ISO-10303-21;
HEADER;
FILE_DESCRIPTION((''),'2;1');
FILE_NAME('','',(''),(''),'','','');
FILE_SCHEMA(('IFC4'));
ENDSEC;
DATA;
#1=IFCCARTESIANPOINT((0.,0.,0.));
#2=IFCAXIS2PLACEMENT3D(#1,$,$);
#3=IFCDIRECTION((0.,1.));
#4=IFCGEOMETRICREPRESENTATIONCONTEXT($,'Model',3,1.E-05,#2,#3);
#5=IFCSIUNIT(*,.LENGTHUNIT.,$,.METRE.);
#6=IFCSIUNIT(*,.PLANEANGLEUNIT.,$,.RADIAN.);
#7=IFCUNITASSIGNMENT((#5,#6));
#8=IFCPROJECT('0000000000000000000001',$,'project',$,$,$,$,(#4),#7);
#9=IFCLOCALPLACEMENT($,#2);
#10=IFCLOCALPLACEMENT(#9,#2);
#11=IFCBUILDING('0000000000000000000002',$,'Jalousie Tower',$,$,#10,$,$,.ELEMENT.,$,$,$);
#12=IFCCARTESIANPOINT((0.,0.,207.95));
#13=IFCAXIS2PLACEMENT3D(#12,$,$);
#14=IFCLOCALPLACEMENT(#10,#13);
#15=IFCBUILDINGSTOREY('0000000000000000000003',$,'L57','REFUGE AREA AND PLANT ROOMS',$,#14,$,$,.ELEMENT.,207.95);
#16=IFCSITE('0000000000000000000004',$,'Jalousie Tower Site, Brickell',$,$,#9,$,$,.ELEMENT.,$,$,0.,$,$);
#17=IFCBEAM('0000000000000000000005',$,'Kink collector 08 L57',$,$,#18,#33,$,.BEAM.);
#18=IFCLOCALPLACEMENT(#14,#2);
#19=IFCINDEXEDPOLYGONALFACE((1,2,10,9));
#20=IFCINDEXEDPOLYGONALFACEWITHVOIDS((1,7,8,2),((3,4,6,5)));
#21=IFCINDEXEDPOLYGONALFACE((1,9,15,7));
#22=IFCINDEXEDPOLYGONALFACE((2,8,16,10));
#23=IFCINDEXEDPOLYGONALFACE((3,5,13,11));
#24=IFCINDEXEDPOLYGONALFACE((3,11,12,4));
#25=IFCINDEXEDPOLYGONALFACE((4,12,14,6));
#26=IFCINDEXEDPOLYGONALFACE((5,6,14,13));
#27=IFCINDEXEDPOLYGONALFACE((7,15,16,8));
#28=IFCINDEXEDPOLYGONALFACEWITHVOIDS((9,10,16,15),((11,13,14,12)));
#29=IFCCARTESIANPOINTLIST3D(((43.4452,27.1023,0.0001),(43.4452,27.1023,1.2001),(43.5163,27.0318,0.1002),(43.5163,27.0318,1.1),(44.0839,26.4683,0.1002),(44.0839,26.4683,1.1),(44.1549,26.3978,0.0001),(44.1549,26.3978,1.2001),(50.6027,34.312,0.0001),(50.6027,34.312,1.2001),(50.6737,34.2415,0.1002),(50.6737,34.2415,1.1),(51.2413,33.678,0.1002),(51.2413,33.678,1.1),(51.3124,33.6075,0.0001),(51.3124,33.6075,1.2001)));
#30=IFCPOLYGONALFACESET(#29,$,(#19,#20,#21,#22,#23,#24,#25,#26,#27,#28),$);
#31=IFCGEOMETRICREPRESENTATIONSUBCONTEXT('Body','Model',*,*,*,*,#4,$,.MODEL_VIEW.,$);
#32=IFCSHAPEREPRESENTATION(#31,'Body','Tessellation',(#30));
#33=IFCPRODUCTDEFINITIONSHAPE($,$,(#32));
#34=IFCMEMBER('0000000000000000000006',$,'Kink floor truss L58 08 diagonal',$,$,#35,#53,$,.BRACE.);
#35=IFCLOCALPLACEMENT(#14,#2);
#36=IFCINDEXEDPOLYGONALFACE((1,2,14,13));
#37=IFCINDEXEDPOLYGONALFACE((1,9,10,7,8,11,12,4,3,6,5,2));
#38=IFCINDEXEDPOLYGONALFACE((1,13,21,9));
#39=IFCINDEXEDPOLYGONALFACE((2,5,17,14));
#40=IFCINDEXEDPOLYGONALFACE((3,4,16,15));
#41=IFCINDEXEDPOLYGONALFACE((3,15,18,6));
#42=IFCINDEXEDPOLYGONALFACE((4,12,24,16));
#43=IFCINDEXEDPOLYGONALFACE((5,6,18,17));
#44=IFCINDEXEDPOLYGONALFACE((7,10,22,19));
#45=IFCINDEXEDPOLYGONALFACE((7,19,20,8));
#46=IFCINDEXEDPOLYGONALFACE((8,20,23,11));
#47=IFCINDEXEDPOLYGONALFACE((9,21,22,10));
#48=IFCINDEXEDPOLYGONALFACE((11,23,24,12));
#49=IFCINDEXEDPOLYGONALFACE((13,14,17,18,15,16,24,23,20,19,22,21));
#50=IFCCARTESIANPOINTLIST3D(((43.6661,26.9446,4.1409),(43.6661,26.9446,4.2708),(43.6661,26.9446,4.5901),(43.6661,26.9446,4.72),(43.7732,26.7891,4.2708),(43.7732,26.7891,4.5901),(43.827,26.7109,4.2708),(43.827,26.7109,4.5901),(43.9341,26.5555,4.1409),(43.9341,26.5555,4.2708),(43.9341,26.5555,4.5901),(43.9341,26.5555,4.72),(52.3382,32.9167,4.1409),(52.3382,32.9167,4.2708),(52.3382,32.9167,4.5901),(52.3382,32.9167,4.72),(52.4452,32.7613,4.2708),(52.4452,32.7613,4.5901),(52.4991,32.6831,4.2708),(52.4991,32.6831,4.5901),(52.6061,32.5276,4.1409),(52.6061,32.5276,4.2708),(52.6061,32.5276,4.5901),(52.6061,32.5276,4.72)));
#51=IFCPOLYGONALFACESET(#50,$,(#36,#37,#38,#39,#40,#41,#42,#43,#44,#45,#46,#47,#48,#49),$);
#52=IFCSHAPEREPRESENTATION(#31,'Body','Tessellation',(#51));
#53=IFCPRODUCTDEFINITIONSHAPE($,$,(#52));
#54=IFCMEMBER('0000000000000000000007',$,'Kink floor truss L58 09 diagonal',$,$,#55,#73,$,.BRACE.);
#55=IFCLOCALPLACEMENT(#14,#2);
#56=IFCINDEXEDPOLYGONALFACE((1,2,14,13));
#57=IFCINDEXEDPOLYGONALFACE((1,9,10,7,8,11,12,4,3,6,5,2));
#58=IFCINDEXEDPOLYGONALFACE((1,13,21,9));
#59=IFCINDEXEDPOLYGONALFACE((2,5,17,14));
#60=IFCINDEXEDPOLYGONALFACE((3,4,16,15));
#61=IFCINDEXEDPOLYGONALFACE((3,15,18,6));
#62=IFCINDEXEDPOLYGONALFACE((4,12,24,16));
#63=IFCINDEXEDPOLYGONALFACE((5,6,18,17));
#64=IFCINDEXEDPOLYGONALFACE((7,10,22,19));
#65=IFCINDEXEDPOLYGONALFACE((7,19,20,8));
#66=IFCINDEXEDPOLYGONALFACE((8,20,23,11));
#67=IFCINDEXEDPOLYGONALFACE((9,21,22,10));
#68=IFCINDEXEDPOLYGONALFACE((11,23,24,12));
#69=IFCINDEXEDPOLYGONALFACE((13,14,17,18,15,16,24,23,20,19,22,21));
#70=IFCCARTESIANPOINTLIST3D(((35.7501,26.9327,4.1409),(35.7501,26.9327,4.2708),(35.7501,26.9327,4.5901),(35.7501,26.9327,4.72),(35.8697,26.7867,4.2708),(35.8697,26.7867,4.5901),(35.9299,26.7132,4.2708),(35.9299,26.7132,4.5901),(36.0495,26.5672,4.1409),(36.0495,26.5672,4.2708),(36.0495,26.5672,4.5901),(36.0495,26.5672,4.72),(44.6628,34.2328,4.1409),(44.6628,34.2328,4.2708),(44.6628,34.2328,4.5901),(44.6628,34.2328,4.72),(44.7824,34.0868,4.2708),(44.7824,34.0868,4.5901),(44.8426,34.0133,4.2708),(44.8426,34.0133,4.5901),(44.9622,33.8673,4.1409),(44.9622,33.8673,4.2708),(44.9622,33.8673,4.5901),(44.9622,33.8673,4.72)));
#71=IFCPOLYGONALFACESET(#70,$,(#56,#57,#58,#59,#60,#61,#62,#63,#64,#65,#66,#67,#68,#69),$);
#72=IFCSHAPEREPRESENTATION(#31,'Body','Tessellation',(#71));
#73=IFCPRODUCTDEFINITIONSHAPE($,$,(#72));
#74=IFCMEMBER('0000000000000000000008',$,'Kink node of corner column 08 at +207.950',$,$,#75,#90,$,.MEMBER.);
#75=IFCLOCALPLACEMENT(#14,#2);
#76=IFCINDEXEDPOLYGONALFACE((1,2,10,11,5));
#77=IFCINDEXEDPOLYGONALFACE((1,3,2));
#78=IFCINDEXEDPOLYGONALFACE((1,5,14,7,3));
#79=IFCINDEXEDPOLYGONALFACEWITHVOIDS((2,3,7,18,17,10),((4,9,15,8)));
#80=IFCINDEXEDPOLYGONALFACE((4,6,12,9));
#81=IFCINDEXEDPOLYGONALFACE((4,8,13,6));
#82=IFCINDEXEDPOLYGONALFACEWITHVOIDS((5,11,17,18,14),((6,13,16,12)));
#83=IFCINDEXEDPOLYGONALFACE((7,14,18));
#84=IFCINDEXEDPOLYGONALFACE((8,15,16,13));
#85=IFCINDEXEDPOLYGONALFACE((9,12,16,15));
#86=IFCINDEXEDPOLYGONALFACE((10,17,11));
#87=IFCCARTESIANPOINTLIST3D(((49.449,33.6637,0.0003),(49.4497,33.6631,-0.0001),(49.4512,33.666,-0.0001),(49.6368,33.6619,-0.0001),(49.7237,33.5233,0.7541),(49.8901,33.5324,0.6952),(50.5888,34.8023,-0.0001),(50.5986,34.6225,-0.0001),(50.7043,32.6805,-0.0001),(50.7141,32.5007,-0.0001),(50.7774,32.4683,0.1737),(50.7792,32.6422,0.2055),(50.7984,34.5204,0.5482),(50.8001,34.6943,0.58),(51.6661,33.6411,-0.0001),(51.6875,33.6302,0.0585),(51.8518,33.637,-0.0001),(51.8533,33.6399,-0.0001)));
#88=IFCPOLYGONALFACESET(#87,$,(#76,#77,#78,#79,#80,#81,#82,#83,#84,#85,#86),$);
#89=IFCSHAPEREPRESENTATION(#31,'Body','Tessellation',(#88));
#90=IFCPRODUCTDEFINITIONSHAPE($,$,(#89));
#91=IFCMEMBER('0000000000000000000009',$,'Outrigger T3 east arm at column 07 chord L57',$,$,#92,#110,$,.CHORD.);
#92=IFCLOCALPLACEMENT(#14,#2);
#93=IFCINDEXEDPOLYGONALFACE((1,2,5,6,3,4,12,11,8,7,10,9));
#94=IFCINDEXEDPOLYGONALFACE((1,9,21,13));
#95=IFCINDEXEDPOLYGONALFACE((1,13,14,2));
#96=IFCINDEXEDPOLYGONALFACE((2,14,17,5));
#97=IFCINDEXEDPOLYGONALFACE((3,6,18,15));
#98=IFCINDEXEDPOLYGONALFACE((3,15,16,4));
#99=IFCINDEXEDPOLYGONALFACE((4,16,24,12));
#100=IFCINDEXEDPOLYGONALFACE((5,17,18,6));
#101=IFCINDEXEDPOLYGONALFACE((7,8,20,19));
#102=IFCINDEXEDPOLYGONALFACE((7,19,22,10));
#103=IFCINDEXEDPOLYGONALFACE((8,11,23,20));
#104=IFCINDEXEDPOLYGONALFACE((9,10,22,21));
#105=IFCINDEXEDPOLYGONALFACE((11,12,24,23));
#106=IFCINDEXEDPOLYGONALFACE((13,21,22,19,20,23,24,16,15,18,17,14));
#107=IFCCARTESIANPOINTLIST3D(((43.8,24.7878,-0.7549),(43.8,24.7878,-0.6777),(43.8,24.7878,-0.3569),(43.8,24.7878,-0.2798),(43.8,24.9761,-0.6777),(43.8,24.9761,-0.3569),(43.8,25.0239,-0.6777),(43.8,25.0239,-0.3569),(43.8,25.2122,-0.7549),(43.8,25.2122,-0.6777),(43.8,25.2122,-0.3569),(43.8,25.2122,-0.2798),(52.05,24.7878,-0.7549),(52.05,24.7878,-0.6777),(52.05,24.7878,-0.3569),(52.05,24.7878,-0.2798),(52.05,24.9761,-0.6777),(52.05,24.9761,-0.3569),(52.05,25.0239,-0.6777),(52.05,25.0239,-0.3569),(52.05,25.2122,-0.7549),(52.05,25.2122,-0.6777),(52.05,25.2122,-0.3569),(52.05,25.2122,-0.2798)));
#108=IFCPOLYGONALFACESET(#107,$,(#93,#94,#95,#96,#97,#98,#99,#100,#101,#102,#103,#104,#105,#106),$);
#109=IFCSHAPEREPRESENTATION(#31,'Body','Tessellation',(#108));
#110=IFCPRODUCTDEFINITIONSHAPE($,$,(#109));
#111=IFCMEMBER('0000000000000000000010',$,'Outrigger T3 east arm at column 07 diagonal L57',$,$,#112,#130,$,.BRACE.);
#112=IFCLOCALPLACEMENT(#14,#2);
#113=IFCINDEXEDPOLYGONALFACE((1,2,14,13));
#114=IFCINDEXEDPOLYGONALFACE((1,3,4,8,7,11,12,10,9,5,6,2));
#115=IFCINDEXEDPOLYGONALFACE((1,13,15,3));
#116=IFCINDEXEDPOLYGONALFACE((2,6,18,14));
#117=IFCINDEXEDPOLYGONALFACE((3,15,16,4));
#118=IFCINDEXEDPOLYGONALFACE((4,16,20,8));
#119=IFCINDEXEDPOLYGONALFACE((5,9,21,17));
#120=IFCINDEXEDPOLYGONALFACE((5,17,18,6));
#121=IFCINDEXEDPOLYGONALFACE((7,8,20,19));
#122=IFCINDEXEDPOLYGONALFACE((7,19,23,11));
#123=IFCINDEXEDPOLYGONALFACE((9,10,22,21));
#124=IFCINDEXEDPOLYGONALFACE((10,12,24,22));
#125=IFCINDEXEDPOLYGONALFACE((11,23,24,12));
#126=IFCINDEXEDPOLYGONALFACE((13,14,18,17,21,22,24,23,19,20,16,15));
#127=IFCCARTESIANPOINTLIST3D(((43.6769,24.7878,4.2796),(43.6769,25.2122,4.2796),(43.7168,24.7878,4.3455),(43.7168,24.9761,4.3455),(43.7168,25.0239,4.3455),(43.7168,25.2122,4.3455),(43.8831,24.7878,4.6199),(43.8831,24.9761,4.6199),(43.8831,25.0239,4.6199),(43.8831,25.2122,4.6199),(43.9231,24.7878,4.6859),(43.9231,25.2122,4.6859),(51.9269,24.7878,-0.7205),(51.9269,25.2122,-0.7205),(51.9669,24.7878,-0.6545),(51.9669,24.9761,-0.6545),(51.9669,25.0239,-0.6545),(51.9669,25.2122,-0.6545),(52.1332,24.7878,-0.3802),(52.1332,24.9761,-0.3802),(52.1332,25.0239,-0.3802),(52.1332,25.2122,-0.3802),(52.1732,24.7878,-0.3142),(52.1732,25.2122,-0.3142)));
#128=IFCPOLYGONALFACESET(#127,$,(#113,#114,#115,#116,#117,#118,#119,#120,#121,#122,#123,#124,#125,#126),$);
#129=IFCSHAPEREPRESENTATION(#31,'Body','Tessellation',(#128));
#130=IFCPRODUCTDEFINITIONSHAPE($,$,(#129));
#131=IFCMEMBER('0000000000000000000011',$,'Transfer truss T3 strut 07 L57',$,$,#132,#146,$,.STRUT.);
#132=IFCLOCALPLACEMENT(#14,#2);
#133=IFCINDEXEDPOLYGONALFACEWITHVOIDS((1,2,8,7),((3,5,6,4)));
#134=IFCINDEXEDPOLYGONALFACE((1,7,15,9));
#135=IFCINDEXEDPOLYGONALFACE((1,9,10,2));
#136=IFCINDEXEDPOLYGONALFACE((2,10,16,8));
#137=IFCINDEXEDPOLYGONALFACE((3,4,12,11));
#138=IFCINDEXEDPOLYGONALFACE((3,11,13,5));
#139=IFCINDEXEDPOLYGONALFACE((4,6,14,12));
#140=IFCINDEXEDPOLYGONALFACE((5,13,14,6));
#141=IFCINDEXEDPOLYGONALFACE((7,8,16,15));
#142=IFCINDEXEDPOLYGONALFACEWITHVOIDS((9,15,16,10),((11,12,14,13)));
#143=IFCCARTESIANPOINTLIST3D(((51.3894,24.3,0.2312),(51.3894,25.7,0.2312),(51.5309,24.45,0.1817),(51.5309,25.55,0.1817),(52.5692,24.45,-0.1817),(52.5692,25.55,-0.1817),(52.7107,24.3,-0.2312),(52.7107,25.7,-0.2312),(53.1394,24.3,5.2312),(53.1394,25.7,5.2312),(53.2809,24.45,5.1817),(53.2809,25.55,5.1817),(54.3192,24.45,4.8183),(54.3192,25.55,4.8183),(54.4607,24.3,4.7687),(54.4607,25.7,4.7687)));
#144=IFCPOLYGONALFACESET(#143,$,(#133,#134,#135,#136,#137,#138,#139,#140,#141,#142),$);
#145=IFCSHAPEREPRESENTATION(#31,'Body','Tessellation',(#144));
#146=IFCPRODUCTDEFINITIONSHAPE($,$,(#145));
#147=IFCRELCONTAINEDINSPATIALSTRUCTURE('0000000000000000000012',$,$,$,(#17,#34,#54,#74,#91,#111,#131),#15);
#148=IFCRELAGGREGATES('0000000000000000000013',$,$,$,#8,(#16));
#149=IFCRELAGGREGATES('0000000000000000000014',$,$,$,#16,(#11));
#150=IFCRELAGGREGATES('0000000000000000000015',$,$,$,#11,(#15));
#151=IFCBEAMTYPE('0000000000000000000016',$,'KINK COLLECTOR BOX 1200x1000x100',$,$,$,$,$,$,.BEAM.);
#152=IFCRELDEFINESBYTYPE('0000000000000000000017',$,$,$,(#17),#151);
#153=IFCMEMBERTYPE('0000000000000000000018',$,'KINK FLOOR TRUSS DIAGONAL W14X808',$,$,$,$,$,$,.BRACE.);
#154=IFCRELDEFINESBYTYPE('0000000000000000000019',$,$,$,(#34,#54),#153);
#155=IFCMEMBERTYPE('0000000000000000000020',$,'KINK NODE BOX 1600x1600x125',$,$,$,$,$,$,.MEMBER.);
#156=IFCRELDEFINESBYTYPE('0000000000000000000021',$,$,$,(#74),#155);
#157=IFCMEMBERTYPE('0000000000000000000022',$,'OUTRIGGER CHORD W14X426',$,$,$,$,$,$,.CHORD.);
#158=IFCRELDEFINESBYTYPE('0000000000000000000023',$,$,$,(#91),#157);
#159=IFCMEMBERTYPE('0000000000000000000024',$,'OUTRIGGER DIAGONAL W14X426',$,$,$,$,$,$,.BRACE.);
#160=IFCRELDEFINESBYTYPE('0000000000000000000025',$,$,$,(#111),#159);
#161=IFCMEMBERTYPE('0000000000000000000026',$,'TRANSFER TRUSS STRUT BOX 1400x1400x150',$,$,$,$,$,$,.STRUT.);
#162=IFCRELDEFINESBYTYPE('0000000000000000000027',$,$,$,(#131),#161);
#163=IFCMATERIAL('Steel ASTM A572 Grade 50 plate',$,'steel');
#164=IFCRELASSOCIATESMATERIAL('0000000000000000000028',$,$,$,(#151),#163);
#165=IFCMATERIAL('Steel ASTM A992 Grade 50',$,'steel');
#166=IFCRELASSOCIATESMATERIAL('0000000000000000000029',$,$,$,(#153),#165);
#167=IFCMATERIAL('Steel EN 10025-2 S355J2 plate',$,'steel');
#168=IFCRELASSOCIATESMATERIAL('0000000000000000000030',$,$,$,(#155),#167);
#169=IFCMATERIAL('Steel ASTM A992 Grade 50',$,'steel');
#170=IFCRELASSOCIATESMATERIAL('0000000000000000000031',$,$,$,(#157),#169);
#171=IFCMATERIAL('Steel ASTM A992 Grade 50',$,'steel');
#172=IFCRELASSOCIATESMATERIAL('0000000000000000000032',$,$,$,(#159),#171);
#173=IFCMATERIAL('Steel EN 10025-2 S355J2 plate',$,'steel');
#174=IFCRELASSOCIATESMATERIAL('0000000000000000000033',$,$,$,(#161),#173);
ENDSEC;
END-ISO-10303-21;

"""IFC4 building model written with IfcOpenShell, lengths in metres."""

from ifc_helpers import new_model, si_unit, direction, frame, origin, origin_2d, place, context, subcontext, project, spatial, hollow_rectangle, i_section, extrude, clip, halfspace, material, material_profile, profile_set, type_object, element, save


model = new_model("IFC4")

# Units and contexts
model_context = context("Model", 3, precision=1e-05, world=origin(), true_north=direction((0.0, 1.0)))
body_context = subcontext(model_context, "Body", "Model", "MODEL_VIEW")
ifc_project = project(units=[si_unit("LENGTHUNIT", "METRE"), si_unit("PLANEANGLEUNIT", "RADIAN")], contexts=[model_context])

# Site, building, storey
site_placement = place(None, origin())
site = spatial("IfcSite", under=ifc_project, at=site_placement, Name="Jalousie Tower Site, Brickell", CompositionType="ELEMENT", RefElevation=0.0)
building_placement = place(site_placement, origin())
building = spatial("IfcBuilding", under=site, at=building_placement, Name="Jalousie Tower", CompositionType="ELEMENT")
storey_placement = place(building_placement, frame((0.0, 0.0, 207.95)))
storey = spatial("IfcBuildingStorey", under=building, at=storey_placement, Name="L57", Description="REFUGE AREA AND PLANT ROOMS", CompositionType="ELEMENT", Elevation=207.95)

# Beam
ifc_material_1 = material(Name="Steel ASTM A572 Grade 50 plate", Category="steel")
ifc_material_profile_1 = material_profile(ifc_material_1, hollow_rectangle(XDim=1.0, YDim=1.2, WallThickness=0.1001, at=origin_2d()), Name="BOX 1200x1000x100")
ifc_profile_set_1 = profile_set([ifc_material_profile_1], Name="Steel ASTM A572 Grade 50 plate")
beam_type = type_object("IfcBeamType", Name="KINK COLLECTOR BOX 1200x1000x100", PredefinedType="BEAM", material=ifc_profile_set_1)
beam_placement = place(storey_placement, frame((50.9575, 33.9597, 0.6001), z_axis=(-0.704531, -0.709673, 0.0), x_axis=(0.709673, -0.704531, 0.0)))
element("IfcBeam", 1, at=beam_placement, inside=storey, type_object=beam_type, Name="Kink collector 08 L57", PredefinedType="BEAM", context=body_context, shape_type="SweptSolid", body=[
    extrude(hollow_rectangle(XDim=1.0, YDim=1.2, WallThickness=0.1001, at=origin_2d()), origin(), (0.0, 0.0, 1.0), 10.1592),
])

# Members
ifc_material_2 = material(Name="Steel ASTM A992 Grade 50", Category="steel")
ifc_material_profile_2 = material_profile(ifc_material_2, i_section(OverallWidth=0.4724, OverallDepth=0.5791, WebThickness=0.095, FlangeThickness=0.1299, at=origin_2d()), Name="W14X808")
ifc_profile_set_2 = profile_set([ifc_material_profile_2], Name="Steel ASTM A992 Grade 50")
member_type_1 = type_object("IfcMemberType", Name="KINK FLOOR TRUSS DIAGONAL W14X808", PredefinedType="BRACE", material=ifc_profile_set_2)
member_1_placement = place(storey_placement, frame((52.4722, 32.7222, 4.4304), z_axis=(-0.823594, -0.567179, 0.0), x_axis=(0.567179, -0.823594, 0.0)))
element("IfcMember", 2, at=member_1_placement, inside=storey, type_object=member_type_1, Name="Kink floor truss L58 08 diagonal", PredefinedType="BRACE", context=body_context, shape_type="SweptSolid", body=[
    extrude(i_section(OverallWidth=0.4724, OverallDepth=0.5791, WebThickness=0.095, FlangeThickness=0.1299, at=origin_2d()), origin(), (0.0, 0.0, 1.0), 10.5295),
])
member_2_placement = place(storey_placement, frame((44.8125, 34.05, 4.4304), z_axis=(-0.77362, -0.63365, 0.0), x_axis=(0.63365, -0.77362, 0.0)))
element("IfcMember", 3, at=member_2_placement, inside=storey, type_object=member_type_1, Name="Kink floor truss L58 09 diagonal", PredefinedType="BRACE", context=body_context, shape_type="SweptSolid", body=[
    extrude(i_section(OverallWidth=0.4724, OverallDepth=0.5791, WebThickness=0.095, FlangeThickness=0.1299, at=origin_2d()), origin(), (0.0, 0.0, 1.0), 11.5208),
])
ifc_material_3 = material(Name="Steel EN 10025-2 S355J2 plate", Category="steel")
ifc_material_profile_3 = material_profile(ifc_material_3, hollow_rectangle(XDim=1.6001, YDim=1.6001, WallThickness=0.125, at=origin_2d()), Name="BOX 1600x1600x125")
ifc_profile_set_3 = profile_set([ifc_material_profile_3], Name="Steel EN 10025-2 S355J2 plate")
member_type_2 = type_object("IfcMemberType", Name="KINK NODE BOX 1600x1600x125", PredefinedType="MEMBER", material=ifc_profile_set_3)
member_3_placement = place(storey_placement, frame((50.5142, 33.7217, -0.377), z_axis=(0.337183, -0.172338, 0.925531), x_axis=(-0.672756, -0.731817, 0.108826)))
element("IfcMember", 4, at=member_3_placement, inside=storey, type_object=member_type_2, Name="Kink node of corner column 08 at +207.950", PredefinedType="MEMBER", context=body_context, shape_type="Clipping", body=[
    clip(extrude(hollow_rectangle(XDim=1.6001, YDim=1.6001, WallThickness=0.125, at=origin_2d()), origin(), (0.0, 0.0, 1.0), 0.8145), halfspace(frame((0.0, 0.0, 0.4072), z_axis=(0.108826, -0.362698, 0.925531)), True)),
])
ifc_material_4 = material(Name="Steel ASTM A992 Grade 50", Category="steel")
ifc_material_profile_4 = material_profile(ifc_material_4, i_section(OverallWidth=0.4243, OverallDepth=0.4751, WebThickness=0.0479, FlangeThickness=0.0771, at=origin_2d()), Name="W14X426")
ifc_profile_set_4 = profile_set([ifc_material_profile_4], Name="Steel ASTM A992 Grade 50")
member_type_3 = type_object("IfcMemberType", Name="OUTRIGGER CHORD W14X426", PredefinedType="CHORD", material=ifc_profile_set_4)
member_4_placement = place(storey_placement, frame((52.05, 25.0, -0.5173), z_axis=(-1.0, 0.0, 0.0), x_axis=(0.0, -1.0, 0.0)))
element("IfcMember", 5, at=member_4_placement, inside=storey, type_object=member_type_3, Name="Outrigger T3 east arm at column 07 chord L57", PredefinedType="CHORD", context=body_context, shape_type="SweptSolid", body=[
    extrude(i_section(OverallWidth=0.4243, OverallDepth=0.4751, WebThickness=0.0479, FlangeThickness=0.0771, at=origin_2d()), origin(), (0.0, 0.0, 1.0), 8.25),
])
ifc_material_5 = material(Name="Steel ASTM A992 Grade 50", Category="steel")
ifc_material_profile_5 = material_profile(ifc_material_5, i_section(OverallWidth=0.4243, OverallDepth=0.4751, WebThickness=0.0479, FlangeThickness=0.0771, at=origin_2d()), Name="W14X426")
ifc_profile_set_5 = profile_set([ifc_material_profile_5], Name="Steel ASTM A992 Grade 50")
member_type_4 = type_object("IfcMemberType", Name="OUTRIGGER DIAGONAL W14X426", PredefinedType="BRACE", material=ifc_profile_set_5)
member_5_placement = place(storey_placement, frame((52.05, 25.0, -0.5173), z_axis=(-0.855198, 0.0, 0.518302), x_axis=(0.0, -1.0, 0.0)))
element("IfcMember", 6, at=member_5_placement, inside=storey, type_object=member_type_4, Name="Outrigger T3 east arm at column 07 diagonal L57", PredefinedType="BRACE", context=body_context, shape_type="SweptSolid", body=[
    extrude(i_section(OverallWidth=0.4243, OverallDepth=0.4751, WebThickness=0.0479, FlangeThickness=0.0771, at=origin_2d()), origin(), (0.0, 0.0, 1.0), 9.647),
])
ifc_material_6 = material(Name="Steel EN 10025-2 S355J2 plate", Category="steel")
ifc_material_profile_6 = material_profile(ifc_material_6, hollow_rectangle(XDim=1.3999, YDim=1.3999, WallThickness=0.1499, at=origin_2d()), Name="BOX 1400x1400x150")
ifc_profile_set_6 = profile_set([ifc_material_profile_6], Name="Steel EN 10025-2 S355J2 plate")
member_type_5 = type_object("IfcMemberType", Name="TRANSFER TRUSS STRUT BOX 1400x1400x150", PredefinedType="STRUT", material=ifc_profile_set_6)
member_6_placement = place(storey_placement, frame((52.05, 25.0, 0.0), z_axis=(0.33035, 0.0, 0.943858), x_axis=(0.0, 1.0, 0.0)))
element("IfcMember", 7, at=member_6_placement, inside=storey, type_object=member_type_5, Name="Transfer truss T3 strut 07 L57", PredefinedType="STRUT", context=body_context, shape_type="SweptSolid", body=[
    extrude(hollow_rectangle(XDim=1.3999, YDim=1.3999, WallThickness=0.1499, at=origin_2d()), origin(), (0.0, 0.0, 1.0), 5.2974),
])

save(model, "model.ifc")
